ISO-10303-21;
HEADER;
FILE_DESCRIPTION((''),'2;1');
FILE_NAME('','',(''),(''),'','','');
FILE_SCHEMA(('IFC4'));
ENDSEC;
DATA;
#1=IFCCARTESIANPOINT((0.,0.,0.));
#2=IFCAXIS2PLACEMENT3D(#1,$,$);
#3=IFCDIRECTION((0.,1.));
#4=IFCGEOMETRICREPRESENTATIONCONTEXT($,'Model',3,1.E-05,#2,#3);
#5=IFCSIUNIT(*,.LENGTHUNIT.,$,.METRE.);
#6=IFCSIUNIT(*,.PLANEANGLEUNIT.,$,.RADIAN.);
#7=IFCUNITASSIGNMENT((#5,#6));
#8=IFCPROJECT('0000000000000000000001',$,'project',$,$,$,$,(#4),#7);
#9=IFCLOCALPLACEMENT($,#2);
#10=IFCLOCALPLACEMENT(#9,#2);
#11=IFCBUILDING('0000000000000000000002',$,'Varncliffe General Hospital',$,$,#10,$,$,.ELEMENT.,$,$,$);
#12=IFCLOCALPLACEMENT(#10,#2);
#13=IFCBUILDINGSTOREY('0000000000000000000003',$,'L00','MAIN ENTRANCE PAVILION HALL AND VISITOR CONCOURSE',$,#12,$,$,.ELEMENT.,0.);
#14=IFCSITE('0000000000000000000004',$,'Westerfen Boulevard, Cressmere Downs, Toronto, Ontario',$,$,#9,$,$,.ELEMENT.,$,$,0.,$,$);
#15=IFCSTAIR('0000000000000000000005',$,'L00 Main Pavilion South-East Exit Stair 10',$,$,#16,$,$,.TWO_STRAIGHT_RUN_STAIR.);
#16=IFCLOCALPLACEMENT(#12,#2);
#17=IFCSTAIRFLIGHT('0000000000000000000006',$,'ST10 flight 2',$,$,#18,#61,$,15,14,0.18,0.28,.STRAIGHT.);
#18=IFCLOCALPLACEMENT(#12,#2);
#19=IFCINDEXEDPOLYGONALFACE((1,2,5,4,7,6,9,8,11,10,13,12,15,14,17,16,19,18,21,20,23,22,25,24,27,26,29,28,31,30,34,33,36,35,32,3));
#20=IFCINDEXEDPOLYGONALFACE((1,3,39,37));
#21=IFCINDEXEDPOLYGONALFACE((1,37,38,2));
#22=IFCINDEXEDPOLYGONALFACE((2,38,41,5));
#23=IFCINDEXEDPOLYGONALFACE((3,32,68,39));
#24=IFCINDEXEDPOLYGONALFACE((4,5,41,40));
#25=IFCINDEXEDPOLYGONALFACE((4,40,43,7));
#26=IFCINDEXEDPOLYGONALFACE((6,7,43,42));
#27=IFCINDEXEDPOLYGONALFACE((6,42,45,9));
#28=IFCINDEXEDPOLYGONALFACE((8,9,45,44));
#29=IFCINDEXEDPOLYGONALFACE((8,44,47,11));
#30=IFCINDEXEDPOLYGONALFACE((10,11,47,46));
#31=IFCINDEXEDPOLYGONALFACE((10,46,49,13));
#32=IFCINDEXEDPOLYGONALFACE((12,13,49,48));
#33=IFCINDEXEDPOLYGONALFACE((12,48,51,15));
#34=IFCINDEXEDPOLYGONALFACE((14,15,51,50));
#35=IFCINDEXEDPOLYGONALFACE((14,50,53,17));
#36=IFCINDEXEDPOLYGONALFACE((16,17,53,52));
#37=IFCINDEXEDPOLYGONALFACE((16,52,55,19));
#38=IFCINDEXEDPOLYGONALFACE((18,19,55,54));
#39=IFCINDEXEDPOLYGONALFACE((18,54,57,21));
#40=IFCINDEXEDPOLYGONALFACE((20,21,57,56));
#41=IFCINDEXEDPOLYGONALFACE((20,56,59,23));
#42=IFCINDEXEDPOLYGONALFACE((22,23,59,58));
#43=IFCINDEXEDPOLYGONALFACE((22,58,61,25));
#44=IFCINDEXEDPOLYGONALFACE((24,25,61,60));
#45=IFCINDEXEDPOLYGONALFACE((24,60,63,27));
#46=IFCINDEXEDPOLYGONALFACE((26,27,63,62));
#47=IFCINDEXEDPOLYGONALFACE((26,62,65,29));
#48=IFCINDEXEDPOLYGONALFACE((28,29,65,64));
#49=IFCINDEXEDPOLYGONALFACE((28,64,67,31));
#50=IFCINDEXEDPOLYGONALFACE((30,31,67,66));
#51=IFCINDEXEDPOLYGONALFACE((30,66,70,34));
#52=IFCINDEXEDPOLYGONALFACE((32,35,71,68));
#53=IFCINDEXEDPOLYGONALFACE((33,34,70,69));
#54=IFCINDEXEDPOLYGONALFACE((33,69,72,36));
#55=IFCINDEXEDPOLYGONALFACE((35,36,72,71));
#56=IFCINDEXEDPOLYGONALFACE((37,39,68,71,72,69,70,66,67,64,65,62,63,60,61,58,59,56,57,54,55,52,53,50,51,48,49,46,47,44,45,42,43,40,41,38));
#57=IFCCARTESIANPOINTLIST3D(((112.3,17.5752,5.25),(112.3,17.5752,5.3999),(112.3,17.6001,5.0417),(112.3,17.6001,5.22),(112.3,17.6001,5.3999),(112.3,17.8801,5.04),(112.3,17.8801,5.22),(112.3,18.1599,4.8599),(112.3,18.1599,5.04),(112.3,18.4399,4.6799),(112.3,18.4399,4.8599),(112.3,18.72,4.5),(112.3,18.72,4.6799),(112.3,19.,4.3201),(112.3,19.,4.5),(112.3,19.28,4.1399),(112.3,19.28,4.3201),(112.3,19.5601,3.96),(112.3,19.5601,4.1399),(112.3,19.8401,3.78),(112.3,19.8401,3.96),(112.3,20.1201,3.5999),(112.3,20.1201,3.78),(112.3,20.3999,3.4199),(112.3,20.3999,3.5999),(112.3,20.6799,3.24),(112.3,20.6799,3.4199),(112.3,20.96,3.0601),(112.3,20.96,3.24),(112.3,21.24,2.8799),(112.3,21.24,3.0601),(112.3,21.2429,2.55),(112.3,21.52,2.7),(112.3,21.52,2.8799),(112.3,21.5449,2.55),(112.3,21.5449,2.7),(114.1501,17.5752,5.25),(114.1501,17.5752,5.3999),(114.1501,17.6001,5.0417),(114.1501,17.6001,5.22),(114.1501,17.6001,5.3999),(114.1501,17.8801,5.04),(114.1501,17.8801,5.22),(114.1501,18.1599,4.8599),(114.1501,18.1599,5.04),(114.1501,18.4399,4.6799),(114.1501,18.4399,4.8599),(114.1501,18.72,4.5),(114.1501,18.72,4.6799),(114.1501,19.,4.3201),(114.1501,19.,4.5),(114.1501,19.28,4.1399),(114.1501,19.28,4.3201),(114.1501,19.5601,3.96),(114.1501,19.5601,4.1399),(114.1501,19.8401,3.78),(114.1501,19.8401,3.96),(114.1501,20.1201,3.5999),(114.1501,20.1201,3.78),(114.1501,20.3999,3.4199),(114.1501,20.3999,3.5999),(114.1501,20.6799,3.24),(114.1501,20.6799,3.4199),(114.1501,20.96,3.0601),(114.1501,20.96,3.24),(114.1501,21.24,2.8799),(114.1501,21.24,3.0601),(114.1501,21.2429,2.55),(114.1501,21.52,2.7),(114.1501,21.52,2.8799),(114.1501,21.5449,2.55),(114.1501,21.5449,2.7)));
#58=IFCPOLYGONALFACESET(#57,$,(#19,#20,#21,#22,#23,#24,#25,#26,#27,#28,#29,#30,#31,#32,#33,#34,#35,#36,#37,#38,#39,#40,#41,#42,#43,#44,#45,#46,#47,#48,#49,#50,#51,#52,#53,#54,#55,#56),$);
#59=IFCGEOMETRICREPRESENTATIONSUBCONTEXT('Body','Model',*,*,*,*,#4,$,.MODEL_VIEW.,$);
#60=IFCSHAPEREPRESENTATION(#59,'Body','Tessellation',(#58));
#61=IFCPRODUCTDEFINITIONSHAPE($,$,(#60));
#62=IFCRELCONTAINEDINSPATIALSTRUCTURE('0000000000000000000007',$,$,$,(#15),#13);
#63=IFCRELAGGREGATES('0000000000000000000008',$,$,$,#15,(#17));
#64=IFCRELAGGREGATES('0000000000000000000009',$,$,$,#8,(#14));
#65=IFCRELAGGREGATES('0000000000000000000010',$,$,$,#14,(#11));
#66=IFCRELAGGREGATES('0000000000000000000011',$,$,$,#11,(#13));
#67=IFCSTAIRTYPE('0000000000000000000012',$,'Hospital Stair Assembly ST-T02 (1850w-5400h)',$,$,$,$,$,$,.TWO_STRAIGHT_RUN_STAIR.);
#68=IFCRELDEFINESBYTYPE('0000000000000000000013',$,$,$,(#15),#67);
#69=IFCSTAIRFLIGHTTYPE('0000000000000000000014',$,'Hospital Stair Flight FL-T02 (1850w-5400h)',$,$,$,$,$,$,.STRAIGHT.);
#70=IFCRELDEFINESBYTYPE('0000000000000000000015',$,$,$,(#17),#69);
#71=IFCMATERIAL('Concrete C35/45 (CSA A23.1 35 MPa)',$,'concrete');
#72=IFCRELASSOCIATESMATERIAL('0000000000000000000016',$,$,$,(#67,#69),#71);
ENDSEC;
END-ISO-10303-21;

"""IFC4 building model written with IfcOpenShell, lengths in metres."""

from ifc_helpers import new_model, si_unit, direction, frame, origin, place, context, subcontext, project, spatial, polyline, outline, extrude, material, type_object, element, aggregate, save


model = new_model("IFC4")

# Units and contexts
model_context = context("Model", 3, precision=1e-05, world=origin(), true_north=direction((0.0, 1.0)))
body_context = subcontext(model_context, "Body", "Model", "MODEL_VIEW")
ifc_project = project(units=[si_unit("LENGTHUNIT", "METRE"), si_unit("PLANEANGLEUNIT", "RADIAN")], contexts=[model_context])

# Site, building, storey
site_placement = place(None, origin())
site = spatial("IfcSite", under=ifc_project, at=site_placement, Name="Westerfen Boulevard, Cressmere Downs, Toronto, Ontario", CompositionType="ELEMENT", RefElevation=0.0)
building_placement = place(site_placement, origin())
building = spatial("IfcBuilding", under=site, at=building_placement, Name="Varncliffe General Hospital", CompositionType="ELEMENT")
storey_placement = place(building_placement, origin())
storey = spatial("IfcBuildingStorey", under=building, at=storey_placement, Name="L00", Description="MAIN ENTRANCE PAVILION HALL AND VISITOR CONCOURSE", CompositionType="ELEMENT", Elevation=0.0)

# Stair, stair flight
ifc_material_1 = material(Name="Concrete C35/45 (CSA A23.1 35 MPa)", Category="concrete")
stair_type = type_object("IfcStairType", Name="Hospital Stair Assembly ST-T02 (1850w-5400h)", PredefinedType="TWO_STRAIGHT_RUN_STAIR", material=ifc_material_1)
stair_placement = place(storey_placement, origin())
stair = element("IfcStair", 1, at=stair_placement, inside=storey, type_object=stair_type, Name="L00 Main Pavilion South-East Exit Stair 10", PredefinedType="TWO_STRAIGHT_RUN_STAIR")
stair_flight_type = type_object("IfcStairFlightType", Name="Hospital Stair Flight FL-T02 (1850w-5400h)", PredefinedType="STRAIGHT", material=ifc_material_1)
stair_flight_1_placement = place(storey_placement, frame((113.2251, 21.52, 2.7), z_axis=(0.0, 0.0, 1.0), x_axis=(0.0, -1.0, 0.0)))
stair_flight_1 = element("IfcStairFlight", 2, at=stair_flight_1_placement, type_object=stair_flight_type, Name="ST10 flight 2", NumberOfRisers=15, NumberOfTreads=14, PredefinedType="STRAIGHT", RiserHeight=0.18, TreadLength=0.28, context=body_context, shape_type="SweptSolid", body=[
    extrude(outline(polyline([(-0.0249, -0.1499), (-0.0249, 0.0), (0.0, 0.0), (0.0, 0.1799), (0.28, 0.1799), (0.28, 0.3601), (0.5601, 0.3601), (0.5601, 0.54), (0.8401, 0.54), (0.8401, 0.72), (1.1201, 0.72), (1.1201, 0.8999), (1.3999, 0.8999), (1.3999, 1.0801), (1.6799, 1.0801), (1.6799, 1.26), (1.96, 1.26), (1.96, 1.4399), (2.24, 1.4399), (2.24, 1.6201), (2.52, 1.6201), (2.52, 1.8), (2.8, 1.8), (2.8, 1.98), (3.0801, 1.98), (3.0801, 2.1599), (3.3601, 2.1599), (3.3601, 2.3401), (3.6399, 2.3401), (3.6399, 2.52), (3.9199, 2.52), (3.9199, 2.7), (3.9448, 2.7), (3.9448, 2.55), (3.9199, 2.3418), (0.2771, -0.1499), (-0.0249, -0.1499)])), frame((0.0, 0.925, 0.0), z_axis=(0.0, -1.0, 0.0), x_axis=(1.0, 0.0, 0.0)), (0.0, 0.0, 1.0), 1.8501),
])
aggregate(stair, [stair_flight_1])

save(model, "model.ifc")
